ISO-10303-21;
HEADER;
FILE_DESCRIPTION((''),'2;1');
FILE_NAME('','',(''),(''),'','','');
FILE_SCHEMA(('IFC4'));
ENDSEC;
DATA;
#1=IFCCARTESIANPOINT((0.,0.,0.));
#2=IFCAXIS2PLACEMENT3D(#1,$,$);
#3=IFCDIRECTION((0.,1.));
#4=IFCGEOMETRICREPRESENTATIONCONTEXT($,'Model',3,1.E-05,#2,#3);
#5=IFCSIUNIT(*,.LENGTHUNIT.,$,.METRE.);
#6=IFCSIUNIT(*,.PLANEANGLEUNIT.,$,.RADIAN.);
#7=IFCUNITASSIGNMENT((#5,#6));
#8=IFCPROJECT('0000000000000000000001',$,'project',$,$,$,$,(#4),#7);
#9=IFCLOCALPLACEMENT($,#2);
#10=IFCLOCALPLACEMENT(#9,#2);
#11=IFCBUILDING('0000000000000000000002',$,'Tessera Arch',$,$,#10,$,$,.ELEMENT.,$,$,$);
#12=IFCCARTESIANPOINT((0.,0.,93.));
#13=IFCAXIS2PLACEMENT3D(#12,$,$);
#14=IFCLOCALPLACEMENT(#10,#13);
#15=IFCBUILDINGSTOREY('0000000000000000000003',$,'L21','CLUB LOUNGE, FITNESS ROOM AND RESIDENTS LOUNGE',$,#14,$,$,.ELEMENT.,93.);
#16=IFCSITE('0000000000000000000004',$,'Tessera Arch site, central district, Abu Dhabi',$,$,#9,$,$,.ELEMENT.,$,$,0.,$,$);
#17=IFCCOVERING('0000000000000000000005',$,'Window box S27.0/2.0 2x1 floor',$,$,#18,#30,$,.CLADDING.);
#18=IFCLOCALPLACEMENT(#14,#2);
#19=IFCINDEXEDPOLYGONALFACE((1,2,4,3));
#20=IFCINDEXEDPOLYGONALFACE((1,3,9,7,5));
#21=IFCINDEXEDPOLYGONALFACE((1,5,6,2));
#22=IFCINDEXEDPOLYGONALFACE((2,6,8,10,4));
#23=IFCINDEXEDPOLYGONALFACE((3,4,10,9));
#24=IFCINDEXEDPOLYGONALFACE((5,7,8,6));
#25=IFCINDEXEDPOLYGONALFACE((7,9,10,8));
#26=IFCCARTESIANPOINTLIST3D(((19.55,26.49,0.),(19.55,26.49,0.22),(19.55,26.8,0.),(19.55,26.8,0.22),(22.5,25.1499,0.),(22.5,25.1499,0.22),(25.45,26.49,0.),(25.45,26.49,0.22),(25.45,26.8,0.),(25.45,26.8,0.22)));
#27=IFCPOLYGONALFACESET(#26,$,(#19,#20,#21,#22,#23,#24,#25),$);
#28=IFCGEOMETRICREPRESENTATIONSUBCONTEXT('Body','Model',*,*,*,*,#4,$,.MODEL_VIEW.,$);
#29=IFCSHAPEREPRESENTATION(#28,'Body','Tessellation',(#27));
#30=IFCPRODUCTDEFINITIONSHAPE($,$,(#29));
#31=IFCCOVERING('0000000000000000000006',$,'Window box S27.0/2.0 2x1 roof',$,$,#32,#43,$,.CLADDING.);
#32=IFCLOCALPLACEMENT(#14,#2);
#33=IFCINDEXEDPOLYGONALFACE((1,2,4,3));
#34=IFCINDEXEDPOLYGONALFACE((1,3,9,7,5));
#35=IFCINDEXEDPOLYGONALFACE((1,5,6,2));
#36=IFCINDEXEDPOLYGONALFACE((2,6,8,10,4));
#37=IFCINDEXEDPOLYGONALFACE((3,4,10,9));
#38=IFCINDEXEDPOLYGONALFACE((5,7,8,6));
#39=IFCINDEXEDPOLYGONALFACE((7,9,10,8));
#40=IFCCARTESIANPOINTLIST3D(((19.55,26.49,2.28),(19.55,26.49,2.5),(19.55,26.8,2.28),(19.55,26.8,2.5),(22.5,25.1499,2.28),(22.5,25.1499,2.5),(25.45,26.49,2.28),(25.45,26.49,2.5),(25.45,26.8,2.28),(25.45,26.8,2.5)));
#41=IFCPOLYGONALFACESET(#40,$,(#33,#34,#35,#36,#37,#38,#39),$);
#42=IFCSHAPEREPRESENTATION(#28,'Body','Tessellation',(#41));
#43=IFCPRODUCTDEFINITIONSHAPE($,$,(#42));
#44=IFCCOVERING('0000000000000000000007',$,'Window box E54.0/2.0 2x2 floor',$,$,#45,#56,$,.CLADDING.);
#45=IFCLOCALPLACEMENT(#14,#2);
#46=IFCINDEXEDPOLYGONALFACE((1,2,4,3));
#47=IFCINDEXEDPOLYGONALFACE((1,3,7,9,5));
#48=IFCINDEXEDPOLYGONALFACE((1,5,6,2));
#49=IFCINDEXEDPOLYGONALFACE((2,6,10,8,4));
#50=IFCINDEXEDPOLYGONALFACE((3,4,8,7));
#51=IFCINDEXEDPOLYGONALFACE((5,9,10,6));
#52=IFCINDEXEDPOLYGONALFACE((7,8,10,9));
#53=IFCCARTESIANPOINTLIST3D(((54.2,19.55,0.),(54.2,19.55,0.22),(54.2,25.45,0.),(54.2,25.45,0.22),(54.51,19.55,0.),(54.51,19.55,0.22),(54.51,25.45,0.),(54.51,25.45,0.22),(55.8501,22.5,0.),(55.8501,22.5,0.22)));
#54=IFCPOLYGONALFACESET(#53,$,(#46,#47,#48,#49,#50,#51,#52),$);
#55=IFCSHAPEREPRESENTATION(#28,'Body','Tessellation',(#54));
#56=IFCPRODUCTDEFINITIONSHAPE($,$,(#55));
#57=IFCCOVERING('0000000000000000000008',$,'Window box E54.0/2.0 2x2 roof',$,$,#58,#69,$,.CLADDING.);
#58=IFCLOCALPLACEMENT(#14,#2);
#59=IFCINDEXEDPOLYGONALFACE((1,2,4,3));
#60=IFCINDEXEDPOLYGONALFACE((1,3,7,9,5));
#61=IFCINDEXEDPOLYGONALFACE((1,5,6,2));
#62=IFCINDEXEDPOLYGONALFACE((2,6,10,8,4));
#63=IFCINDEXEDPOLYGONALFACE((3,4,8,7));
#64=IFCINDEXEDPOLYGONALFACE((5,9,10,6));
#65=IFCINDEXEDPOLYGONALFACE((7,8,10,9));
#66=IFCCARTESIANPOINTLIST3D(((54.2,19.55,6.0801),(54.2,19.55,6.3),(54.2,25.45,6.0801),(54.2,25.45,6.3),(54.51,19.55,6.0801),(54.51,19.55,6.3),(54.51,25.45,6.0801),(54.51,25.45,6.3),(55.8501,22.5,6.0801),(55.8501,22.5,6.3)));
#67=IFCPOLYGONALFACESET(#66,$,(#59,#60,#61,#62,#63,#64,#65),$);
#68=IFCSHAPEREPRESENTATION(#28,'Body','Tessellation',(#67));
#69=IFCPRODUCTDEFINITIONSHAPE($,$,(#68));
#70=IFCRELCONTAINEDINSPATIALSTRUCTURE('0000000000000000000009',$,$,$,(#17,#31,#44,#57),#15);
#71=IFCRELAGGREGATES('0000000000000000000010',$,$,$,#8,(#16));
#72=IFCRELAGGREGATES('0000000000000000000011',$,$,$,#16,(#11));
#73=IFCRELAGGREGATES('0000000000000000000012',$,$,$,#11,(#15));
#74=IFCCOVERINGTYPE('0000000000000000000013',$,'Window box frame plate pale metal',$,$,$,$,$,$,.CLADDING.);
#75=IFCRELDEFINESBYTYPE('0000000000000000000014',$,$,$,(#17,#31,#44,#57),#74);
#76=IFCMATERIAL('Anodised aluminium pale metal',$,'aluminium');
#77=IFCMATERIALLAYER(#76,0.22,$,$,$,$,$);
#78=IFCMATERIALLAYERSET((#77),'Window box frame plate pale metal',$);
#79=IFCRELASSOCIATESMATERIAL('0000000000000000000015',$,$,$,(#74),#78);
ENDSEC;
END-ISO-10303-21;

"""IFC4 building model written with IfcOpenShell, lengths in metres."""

from ifc_helpers import new_model, si_unit, direction, frame, origin, place, context, subcontext, project, spatial, polyline, outline, extrude, material, layer, layer_set, type_object, element, save


model = new_model("IFC4")

# Units and contexts
model_context = context("Model", 3, precision=1e-05, world=origin(), true_north=direction((0.0, 1.0)))
body_context = subcontext(model_context, "Body", "Model", "MODEL_VIEW")
ifc_project = project(units=[si_unit("LENGTHUNIT", "METRE"), si_unit("PLANEANGLEUNIT", "RADIAN")], contexts=[model_context])

# Site, building, storey
site_placement = place(None, origin())
site = spatial("IfcSite", under=ifc_project, at=site_placement, Name="Tessera Arch site, central district, Abu Dhabi", CompositionType="ELEMENT", RefElevation=0.0)
building_placement = place(site_placement, origin())
building = spatial("IfcBuilding", under=site, at=building_placement, Name="Tessera Arch", CompositionType="ELEMENT")
storey_placement = place(building_placement, frame((0.0, 0.0, 93.0)))
storey = spatial("IfcBuildingStorey", under=building, at=storey_placement, Name="L21", Description="CLUB LOUNGE, FITNESS ROOM AND RESIDENTS LOUNGE", CompositionType="ELEMENT", Elevation=93.0)

# Coverings
ifc_material_1 = material(Name="Anodised aluminium pale metal", Category="aluminium")
ifc_layer_1 = layer(ifc_material_1, 0.22)
ifc_layer_set_1 = layer_set([ifc_layer_1], Name="Window box frame plate pale metal")
covering_type_1 = type_object("IfcCoveringType", Name="Window box frame plate pale metal", PredefinedType="CLADDING", material=ifc_layer_set_1)
for number, where, name in (
    (1, (0.0, 0.0, 0.0), "Window box S27.0/2.0 2x1 floor"),
    (2, (0.0, 0.0, 2.28), "Window box S27.0/2.0 2x1 roof"),
):
    element("IfcCovering", number, at=place(storey_placement, frame(where)), inside=storey, type_object=covering_type_1, Name=name, PredefinedType="CLADDING", context=body_context, shape_type="SweptSolid", body=[
        extrude(outline(polyline([(19.55, 26.49), (22.5, 25.1499), (25.45, 26.49), (25.45, 26.8), (19.55, 26.8), (19.55, 26.49)])), origin(), (0.0, 0.0, 1.0), 0.22),
    ])
for number, where, name in (
    (3, (0.0, 0.0, 0.0), "Window box E54.0/2.0 2x2 floor"),
    (4, (0.0, 0.0, 6.0801), "Window box E54.0/2.0 2x2 roof"),
):
    element("IfcCovering", number, at=place(storey_placement, frame(where)), inside=storey, type_object=covering_type_1, Name=name, PredefinedType="CLADDING", context=body_context, shape_type="SweptSolid", body=[
        extrude(outline(polyline([(54.51, 19.55), (55.8501, 22.5), (54.51, 25.45), (54.2, 25.45), (54.2, 19.55), (54.51, 19.55)])), origin(), (0.0, 0.0, 1.0), 0.22),
    ])

save(model, "model.ifc")
